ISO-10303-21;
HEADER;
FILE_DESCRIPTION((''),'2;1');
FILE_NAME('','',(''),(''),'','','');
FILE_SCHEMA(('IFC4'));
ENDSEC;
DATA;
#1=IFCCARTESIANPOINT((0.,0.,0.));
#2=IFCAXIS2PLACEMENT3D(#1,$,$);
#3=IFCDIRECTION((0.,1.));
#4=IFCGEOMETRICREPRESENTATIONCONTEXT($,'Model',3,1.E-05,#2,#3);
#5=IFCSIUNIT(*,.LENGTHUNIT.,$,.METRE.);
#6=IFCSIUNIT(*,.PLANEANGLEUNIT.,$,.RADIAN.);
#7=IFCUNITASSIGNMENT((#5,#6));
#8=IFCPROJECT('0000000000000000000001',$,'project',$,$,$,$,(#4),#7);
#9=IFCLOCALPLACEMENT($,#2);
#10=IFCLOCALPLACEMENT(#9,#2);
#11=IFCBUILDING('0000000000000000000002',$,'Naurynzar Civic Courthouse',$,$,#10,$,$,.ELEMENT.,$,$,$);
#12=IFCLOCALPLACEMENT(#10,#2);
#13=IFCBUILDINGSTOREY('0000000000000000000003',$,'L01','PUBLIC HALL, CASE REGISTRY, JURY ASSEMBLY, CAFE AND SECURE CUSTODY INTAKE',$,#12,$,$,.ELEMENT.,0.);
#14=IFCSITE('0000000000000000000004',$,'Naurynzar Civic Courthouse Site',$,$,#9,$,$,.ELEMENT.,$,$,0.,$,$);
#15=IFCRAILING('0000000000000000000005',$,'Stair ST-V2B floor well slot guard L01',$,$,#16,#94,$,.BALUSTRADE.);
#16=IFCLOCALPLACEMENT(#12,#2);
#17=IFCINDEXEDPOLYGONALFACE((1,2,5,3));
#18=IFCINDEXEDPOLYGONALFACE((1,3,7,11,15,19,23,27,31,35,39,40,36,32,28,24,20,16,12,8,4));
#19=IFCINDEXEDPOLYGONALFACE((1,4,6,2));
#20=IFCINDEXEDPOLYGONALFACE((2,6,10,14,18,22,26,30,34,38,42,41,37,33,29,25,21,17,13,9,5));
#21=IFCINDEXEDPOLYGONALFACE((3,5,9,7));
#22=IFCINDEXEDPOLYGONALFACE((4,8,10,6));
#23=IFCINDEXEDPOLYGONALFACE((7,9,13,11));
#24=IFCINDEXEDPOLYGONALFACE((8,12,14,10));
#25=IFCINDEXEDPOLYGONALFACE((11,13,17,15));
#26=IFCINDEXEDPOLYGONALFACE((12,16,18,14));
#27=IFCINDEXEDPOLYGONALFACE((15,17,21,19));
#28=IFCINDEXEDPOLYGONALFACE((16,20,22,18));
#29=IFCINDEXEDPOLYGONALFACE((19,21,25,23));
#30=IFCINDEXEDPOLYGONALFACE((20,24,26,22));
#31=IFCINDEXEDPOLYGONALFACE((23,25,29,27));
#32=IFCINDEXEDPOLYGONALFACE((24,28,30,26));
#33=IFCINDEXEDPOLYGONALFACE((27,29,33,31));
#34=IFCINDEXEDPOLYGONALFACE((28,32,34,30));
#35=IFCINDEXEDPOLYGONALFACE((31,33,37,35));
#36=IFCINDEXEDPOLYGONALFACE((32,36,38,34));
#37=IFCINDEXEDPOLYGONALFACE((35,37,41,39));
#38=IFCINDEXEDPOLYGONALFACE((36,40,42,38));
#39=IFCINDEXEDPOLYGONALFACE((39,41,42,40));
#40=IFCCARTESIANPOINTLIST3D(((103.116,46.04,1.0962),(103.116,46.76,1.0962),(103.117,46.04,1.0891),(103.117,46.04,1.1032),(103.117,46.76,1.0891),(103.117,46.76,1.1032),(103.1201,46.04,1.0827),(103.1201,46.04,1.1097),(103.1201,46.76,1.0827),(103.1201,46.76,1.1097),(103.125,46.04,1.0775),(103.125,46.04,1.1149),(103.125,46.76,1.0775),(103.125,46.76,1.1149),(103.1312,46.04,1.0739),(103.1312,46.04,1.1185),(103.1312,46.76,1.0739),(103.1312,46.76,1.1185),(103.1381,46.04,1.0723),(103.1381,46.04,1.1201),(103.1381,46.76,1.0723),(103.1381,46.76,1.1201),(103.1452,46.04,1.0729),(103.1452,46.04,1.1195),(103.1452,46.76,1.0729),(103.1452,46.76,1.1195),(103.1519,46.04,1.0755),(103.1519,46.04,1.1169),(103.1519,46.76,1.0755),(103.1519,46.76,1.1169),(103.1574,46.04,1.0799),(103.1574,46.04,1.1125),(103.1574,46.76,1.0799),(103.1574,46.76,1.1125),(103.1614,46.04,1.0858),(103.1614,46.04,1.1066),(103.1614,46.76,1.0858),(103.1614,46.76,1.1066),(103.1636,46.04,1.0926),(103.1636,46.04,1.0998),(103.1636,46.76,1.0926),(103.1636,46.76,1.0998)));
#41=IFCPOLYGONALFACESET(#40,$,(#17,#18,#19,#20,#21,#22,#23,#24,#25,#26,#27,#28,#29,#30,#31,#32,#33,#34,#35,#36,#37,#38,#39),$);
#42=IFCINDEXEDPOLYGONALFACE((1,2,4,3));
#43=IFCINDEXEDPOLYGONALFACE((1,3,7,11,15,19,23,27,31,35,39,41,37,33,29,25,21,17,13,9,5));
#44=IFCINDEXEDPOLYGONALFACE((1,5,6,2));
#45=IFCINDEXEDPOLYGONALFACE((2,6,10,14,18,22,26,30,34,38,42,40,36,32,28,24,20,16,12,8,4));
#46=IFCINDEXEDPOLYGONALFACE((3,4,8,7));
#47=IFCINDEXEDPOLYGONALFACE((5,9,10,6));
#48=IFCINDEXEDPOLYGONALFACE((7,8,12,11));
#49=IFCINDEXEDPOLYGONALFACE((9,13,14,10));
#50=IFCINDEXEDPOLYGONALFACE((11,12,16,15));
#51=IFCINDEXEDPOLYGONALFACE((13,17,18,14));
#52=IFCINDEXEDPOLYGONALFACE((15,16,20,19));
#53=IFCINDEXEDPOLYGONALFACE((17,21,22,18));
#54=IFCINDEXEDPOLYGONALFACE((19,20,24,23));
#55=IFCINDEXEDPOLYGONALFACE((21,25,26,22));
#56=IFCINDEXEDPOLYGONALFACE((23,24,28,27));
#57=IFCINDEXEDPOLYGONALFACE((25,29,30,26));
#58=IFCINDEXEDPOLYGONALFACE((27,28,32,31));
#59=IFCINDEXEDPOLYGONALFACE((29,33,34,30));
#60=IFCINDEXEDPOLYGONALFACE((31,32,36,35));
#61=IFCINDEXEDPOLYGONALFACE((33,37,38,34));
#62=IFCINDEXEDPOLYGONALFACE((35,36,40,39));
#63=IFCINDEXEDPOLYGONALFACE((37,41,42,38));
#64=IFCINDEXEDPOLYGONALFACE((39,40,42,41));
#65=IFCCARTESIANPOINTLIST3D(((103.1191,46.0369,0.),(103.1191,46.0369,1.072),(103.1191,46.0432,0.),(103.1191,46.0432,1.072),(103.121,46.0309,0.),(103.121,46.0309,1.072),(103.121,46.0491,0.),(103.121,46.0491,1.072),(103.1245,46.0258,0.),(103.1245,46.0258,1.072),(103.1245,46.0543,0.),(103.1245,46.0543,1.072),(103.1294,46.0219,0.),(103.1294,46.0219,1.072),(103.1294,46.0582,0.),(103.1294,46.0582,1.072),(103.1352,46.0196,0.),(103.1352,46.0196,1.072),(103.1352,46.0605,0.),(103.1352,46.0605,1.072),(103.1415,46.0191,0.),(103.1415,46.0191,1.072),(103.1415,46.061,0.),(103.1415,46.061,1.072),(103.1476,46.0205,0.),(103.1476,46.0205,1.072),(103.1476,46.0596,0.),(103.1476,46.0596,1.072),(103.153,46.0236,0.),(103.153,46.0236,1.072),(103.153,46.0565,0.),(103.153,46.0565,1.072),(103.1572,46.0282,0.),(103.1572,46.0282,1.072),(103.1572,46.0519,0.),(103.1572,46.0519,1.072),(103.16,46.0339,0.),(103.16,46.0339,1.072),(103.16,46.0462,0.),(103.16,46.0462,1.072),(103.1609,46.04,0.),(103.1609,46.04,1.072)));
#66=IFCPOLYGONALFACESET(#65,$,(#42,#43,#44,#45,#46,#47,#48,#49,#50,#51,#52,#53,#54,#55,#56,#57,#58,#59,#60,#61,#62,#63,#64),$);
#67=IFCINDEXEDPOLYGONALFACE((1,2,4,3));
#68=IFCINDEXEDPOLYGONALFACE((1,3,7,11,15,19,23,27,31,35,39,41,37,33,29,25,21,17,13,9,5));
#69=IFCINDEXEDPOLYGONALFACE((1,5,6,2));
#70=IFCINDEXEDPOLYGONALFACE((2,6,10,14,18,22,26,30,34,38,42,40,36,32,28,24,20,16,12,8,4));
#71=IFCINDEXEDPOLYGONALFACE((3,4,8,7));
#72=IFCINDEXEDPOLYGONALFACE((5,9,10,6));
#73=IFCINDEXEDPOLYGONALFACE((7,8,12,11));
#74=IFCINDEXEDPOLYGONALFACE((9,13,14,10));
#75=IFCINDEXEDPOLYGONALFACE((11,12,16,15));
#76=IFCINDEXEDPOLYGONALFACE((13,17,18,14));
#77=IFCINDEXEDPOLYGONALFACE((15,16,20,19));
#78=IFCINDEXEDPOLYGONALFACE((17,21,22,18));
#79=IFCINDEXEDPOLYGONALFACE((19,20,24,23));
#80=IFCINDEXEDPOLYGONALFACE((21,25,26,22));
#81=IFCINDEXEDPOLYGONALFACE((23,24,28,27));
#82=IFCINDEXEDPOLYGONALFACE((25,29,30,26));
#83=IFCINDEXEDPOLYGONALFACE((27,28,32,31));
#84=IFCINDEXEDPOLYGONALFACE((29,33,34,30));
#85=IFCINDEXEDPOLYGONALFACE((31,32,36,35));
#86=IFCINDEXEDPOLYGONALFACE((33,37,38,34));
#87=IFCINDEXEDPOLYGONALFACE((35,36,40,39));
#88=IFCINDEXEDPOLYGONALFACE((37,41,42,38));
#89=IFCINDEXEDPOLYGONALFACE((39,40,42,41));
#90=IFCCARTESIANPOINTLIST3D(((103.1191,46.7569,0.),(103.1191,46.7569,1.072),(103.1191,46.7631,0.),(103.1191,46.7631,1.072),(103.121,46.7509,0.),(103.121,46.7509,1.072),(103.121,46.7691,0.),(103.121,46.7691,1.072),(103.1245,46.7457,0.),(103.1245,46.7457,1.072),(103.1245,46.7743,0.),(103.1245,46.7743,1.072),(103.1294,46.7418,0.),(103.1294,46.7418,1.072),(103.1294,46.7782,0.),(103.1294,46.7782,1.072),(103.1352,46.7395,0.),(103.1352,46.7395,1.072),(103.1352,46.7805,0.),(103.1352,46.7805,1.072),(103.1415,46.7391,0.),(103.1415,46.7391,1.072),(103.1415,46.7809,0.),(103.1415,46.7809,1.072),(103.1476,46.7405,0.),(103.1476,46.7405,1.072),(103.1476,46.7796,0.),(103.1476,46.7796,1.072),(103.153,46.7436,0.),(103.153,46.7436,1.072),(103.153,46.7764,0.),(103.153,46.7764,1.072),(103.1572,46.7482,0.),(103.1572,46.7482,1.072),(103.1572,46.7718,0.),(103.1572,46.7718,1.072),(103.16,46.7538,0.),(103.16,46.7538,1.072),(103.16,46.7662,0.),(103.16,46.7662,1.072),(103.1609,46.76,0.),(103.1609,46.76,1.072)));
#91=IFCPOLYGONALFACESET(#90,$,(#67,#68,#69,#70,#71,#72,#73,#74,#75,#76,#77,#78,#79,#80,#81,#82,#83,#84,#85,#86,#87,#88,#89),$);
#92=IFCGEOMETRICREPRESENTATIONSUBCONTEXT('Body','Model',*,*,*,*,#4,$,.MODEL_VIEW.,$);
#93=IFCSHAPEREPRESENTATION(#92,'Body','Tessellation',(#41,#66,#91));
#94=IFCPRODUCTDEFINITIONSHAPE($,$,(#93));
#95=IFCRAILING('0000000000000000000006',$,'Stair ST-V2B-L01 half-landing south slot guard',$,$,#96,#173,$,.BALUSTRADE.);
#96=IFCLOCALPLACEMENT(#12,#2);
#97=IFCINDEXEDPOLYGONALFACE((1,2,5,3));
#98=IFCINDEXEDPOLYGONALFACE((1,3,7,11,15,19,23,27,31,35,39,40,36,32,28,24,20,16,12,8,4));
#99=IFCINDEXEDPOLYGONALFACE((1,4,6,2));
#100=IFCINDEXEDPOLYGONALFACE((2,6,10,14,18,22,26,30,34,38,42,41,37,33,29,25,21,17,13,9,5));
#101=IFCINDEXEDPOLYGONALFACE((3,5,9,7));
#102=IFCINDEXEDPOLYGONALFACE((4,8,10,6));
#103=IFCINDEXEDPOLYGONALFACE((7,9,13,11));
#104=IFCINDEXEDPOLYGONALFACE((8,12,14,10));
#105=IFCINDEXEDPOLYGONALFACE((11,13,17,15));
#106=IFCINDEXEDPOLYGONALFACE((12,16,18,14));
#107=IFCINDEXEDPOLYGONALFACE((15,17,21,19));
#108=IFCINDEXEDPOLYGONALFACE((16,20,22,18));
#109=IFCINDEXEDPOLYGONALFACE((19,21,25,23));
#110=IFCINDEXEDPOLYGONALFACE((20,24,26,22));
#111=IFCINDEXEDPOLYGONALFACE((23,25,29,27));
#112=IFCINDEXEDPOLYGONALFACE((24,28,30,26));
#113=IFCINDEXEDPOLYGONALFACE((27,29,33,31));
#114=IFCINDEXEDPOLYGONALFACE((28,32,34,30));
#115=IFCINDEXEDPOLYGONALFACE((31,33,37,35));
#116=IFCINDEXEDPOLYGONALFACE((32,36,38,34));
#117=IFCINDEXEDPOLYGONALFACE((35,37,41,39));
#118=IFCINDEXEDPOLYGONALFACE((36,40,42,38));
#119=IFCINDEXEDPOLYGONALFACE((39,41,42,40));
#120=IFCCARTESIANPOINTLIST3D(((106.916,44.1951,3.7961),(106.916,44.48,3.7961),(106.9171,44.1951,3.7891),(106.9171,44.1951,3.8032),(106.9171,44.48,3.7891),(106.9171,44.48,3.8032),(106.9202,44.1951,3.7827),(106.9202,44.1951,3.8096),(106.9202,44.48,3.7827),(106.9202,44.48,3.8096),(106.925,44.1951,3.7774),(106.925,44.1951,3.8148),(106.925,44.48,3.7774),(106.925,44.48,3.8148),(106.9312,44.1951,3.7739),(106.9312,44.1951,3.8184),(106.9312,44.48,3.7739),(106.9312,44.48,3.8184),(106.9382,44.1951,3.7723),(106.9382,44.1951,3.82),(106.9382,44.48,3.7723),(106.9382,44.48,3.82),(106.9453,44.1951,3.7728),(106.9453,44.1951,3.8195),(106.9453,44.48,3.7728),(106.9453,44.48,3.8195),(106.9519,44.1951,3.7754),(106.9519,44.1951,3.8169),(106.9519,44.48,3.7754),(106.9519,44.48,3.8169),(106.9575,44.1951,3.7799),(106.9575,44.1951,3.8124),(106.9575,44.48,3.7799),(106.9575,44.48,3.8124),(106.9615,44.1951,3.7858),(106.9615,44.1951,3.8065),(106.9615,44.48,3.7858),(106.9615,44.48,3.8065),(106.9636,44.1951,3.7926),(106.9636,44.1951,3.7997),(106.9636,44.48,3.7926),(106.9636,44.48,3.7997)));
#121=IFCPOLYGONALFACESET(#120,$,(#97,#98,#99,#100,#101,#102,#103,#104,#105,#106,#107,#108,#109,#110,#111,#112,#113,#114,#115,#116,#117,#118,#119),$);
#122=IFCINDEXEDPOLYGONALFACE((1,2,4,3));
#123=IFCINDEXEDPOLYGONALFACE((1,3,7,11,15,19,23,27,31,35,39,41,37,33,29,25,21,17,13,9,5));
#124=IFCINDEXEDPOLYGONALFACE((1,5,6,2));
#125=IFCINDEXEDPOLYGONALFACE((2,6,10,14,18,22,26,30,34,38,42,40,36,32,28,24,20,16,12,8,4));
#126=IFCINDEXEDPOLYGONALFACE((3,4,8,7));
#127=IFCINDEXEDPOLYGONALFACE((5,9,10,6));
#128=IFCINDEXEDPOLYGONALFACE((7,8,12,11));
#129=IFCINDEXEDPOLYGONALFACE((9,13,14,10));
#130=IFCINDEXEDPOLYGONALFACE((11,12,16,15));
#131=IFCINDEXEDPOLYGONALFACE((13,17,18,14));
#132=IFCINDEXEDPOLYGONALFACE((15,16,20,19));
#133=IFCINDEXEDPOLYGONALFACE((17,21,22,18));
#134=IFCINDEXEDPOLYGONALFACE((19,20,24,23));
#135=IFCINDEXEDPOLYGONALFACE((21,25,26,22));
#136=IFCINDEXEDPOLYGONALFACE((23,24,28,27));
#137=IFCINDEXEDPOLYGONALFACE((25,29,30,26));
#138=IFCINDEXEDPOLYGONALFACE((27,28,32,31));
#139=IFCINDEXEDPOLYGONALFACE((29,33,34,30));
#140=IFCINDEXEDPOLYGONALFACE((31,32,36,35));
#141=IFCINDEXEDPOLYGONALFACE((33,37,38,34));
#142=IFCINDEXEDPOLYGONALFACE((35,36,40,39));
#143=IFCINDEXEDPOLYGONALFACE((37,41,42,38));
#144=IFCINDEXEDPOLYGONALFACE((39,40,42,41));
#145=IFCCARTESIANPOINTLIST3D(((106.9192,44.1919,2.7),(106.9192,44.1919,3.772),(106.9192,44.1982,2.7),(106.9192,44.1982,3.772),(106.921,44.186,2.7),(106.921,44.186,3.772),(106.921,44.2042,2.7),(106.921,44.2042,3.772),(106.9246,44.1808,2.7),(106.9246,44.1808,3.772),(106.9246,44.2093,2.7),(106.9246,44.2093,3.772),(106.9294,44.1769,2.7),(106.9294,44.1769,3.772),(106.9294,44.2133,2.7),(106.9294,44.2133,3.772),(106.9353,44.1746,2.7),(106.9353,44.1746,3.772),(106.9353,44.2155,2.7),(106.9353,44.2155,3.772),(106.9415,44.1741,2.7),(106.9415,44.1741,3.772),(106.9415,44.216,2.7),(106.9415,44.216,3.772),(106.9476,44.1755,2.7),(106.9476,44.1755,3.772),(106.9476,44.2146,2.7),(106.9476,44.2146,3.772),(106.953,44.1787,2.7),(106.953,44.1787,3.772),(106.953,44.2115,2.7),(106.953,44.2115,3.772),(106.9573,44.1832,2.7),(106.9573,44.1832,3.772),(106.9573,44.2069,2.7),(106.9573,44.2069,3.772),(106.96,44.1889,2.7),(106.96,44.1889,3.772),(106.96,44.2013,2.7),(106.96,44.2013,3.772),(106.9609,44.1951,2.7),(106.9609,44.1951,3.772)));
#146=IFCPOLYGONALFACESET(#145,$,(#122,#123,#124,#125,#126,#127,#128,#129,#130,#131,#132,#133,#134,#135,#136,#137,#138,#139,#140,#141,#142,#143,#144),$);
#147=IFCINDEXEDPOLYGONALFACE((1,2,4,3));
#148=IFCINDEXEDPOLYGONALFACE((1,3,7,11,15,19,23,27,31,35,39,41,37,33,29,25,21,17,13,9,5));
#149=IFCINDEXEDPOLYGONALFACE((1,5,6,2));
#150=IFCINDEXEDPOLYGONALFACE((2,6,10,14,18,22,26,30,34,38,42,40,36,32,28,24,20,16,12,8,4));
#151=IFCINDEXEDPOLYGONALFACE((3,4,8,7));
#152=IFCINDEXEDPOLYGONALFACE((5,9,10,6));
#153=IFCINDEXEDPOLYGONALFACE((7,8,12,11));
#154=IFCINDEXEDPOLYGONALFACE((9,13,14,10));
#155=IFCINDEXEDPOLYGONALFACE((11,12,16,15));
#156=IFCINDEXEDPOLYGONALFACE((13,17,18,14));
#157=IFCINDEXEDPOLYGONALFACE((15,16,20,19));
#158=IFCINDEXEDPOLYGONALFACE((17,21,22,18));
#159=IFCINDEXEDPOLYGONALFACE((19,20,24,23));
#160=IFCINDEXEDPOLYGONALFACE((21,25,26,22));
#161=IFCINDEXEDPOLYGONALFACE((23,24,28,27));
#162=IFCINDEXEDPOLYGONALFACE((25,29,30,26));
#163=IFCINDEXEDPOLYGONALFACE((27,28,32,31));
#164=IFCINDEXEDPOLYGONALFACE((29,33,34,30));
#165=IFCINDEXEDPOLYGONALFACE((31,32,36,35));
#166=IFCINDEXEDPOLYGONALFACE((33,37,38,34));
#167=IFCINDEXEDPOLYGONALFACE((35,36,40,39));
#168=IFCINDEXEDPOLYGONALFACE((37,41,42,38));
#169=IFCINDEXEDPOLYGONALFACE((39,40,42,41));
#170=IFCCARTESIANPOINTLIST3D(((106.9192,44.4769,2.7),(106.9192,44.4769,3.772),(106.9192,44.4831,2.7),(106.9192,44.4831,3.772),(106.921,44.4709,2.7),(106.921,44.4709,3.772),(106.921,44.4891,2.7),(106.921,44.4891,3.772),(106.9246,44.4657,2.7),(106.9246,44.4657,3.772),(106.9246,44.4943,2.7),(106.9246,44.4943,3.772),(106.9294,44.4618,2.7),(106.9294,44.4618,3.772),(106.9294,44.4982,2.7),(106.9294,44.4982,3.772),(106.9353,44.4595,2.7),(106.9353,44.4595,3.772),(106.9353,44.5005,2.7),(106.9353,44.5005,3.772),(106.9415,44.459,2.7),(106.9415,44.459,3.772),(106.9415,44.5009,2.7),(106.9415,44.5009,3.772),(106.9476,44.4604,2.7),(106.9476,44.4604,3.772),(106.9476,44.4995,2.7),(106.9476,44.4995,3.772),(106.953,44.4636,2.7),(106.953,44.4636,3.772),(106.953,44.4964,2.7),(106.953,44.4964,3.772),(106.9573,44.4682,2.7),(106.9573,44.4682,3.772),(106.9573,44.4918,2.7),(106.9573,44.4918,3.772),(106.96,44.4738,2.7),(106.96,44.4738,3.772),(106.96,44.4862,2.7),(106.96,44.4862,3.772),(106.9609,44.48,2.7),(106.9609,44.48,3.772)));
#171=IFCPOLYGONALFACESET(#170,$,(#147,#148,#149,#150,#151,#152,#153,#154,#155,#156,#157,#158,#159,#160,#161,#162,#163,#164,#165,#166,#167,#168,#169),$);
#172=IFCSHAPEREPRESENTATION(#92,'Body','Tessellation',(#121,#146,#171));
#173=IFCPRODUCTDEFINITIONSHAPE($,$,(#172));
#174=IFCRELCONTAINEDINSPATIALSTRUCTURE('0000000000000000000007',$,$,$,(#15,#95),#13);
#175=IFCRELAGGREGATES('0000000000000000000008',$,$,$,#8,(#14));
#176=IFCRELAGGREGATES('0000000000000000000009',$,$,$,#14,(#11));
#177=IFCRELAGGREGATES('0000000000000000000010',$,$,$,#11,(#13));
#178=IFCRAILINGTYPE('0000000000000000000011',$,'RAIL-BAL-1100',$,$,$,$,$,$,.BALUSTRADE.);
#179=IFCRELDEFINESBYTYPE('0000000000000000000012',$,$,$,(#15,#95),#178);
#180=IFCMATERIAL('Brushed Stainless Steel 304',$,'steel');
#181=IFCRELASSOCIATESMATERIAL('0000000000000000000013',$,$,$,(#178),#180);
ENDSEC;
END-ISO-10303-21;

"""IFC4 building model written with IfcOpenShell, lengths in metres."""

from ifc_helpers import new_model, si_unit, direction, frame, origin, origin_2d, place, context, subcontext, project, spatial, circle, extrude, material, type_object, element, save


model = new_model("IFC4")

# Units and contexts
model_context = context("Model", 3, precision=1e-05, world=origin(), true_north=direction((0.0, 1.0)))
body_context = subcontext(model_context, "Body", "Model", "MODEL_VIEW")
ifc_project = project(units=[si_unit("LENGTHUNIT", "METRE"), si_unit("PLANEANGLEUNIT", "RADIAN")], contexts=[model_context])

# Site, building, storey
site_placement = place(None, origin())
site = spatial("IfcSite", under=ifc_project, at=site_placement, Name="Naurynzar Civic Courthouse Site", CompositionType="ELEMENT", RefElevation=0.0)
building_placement = place(site_placement, origin())
building = spatial("IfcBuilding", under=site, at=building_placement, Name="Naurynzar Civic Courthouse", CompositionType="ELEMENT")
storey_placement = place(building_placement, origin())
storey = spatial("IfcBuildingStorey", under=building, at=storey_placement, Name="L01", Description="PUBLIC HALL, CASE REGISTRY, JURY ASSEMBLY, CAFE AND SECURE CUSTODY INTAKE", CompositionType="ELEMENT", Elevation=0.0)

# Railings
ifc_material_1 = material(Name="Brushed Stainless Steel 304", Category="steel")
railing_type_1 = type_object("IfcRailingType", Name="RAIL-BAL-1100", PredefinedType="BALUSTRADE", material=ifc_material_1)
railing_1_placement = place(storey_placement, frame((103.1399, 46.04, 0.0)))
element("IfcRailing", 1, at=railing_1_placement, inside=storey, type_object=railing_type_1, Name="Stair ST-V2B floor well slot guard L01", PredefinedType="BALUSTRADE", context=body_context, shape_type="SweptSolid", body=[
    extrude(circle(Radius=0.0239, at=origin_2d()), frame((0.0, 0.0, 1.0962), z_axis=(0.0, 1.0, 0.0), x_axis=(-1.0, 0.0, 0.0)), (0.0, 0.0, 1.0), 0.72),
    extrude(circle(Radius=0.021, at=origin_2d()), origin(), (0.0, 0.0, 1.0), 1.072),
    extrude(circle(Radius=0.021, at=origin_2d()), frame((0.0, 0.72, 0.0)), (0.0, 0.0, 1.0), 1.072),
])
railing_2_placement = place(storey_placement, frame((106.9399, 44.1951, 2.7)))
element("IfcRailing", 2, at=railing_2_placement, inside=storey, type_object=railing_type_1, Name="Stair ST-V2B-L01 half-landing south slot guard", PredefinedType="BALUSTRADE", context=body_context, shape_type="SweptSolid", body=[
    extrude(circle(Radius=0.0239, at=origin_2d()), frame((0.0, 0.0, 1.0962), z_axis=(0.0, 1.0, 0.0), x_axis=(-1.0, 0.0, 0.0)), (0.0, 0.0, 1.0), 0.2849),
    extrude(circle(Radius=0.021, at=origin_2d()), origin(), (0.0, 0.0, 1.0), 1.072),
    extrude(circle(Radius=0.021, at=origin_2d()), frame((0.0, 0.2849, 0.0)), (0.0, 0.0, 1.0), 1.072),
])

save(model, "model.ifc")
